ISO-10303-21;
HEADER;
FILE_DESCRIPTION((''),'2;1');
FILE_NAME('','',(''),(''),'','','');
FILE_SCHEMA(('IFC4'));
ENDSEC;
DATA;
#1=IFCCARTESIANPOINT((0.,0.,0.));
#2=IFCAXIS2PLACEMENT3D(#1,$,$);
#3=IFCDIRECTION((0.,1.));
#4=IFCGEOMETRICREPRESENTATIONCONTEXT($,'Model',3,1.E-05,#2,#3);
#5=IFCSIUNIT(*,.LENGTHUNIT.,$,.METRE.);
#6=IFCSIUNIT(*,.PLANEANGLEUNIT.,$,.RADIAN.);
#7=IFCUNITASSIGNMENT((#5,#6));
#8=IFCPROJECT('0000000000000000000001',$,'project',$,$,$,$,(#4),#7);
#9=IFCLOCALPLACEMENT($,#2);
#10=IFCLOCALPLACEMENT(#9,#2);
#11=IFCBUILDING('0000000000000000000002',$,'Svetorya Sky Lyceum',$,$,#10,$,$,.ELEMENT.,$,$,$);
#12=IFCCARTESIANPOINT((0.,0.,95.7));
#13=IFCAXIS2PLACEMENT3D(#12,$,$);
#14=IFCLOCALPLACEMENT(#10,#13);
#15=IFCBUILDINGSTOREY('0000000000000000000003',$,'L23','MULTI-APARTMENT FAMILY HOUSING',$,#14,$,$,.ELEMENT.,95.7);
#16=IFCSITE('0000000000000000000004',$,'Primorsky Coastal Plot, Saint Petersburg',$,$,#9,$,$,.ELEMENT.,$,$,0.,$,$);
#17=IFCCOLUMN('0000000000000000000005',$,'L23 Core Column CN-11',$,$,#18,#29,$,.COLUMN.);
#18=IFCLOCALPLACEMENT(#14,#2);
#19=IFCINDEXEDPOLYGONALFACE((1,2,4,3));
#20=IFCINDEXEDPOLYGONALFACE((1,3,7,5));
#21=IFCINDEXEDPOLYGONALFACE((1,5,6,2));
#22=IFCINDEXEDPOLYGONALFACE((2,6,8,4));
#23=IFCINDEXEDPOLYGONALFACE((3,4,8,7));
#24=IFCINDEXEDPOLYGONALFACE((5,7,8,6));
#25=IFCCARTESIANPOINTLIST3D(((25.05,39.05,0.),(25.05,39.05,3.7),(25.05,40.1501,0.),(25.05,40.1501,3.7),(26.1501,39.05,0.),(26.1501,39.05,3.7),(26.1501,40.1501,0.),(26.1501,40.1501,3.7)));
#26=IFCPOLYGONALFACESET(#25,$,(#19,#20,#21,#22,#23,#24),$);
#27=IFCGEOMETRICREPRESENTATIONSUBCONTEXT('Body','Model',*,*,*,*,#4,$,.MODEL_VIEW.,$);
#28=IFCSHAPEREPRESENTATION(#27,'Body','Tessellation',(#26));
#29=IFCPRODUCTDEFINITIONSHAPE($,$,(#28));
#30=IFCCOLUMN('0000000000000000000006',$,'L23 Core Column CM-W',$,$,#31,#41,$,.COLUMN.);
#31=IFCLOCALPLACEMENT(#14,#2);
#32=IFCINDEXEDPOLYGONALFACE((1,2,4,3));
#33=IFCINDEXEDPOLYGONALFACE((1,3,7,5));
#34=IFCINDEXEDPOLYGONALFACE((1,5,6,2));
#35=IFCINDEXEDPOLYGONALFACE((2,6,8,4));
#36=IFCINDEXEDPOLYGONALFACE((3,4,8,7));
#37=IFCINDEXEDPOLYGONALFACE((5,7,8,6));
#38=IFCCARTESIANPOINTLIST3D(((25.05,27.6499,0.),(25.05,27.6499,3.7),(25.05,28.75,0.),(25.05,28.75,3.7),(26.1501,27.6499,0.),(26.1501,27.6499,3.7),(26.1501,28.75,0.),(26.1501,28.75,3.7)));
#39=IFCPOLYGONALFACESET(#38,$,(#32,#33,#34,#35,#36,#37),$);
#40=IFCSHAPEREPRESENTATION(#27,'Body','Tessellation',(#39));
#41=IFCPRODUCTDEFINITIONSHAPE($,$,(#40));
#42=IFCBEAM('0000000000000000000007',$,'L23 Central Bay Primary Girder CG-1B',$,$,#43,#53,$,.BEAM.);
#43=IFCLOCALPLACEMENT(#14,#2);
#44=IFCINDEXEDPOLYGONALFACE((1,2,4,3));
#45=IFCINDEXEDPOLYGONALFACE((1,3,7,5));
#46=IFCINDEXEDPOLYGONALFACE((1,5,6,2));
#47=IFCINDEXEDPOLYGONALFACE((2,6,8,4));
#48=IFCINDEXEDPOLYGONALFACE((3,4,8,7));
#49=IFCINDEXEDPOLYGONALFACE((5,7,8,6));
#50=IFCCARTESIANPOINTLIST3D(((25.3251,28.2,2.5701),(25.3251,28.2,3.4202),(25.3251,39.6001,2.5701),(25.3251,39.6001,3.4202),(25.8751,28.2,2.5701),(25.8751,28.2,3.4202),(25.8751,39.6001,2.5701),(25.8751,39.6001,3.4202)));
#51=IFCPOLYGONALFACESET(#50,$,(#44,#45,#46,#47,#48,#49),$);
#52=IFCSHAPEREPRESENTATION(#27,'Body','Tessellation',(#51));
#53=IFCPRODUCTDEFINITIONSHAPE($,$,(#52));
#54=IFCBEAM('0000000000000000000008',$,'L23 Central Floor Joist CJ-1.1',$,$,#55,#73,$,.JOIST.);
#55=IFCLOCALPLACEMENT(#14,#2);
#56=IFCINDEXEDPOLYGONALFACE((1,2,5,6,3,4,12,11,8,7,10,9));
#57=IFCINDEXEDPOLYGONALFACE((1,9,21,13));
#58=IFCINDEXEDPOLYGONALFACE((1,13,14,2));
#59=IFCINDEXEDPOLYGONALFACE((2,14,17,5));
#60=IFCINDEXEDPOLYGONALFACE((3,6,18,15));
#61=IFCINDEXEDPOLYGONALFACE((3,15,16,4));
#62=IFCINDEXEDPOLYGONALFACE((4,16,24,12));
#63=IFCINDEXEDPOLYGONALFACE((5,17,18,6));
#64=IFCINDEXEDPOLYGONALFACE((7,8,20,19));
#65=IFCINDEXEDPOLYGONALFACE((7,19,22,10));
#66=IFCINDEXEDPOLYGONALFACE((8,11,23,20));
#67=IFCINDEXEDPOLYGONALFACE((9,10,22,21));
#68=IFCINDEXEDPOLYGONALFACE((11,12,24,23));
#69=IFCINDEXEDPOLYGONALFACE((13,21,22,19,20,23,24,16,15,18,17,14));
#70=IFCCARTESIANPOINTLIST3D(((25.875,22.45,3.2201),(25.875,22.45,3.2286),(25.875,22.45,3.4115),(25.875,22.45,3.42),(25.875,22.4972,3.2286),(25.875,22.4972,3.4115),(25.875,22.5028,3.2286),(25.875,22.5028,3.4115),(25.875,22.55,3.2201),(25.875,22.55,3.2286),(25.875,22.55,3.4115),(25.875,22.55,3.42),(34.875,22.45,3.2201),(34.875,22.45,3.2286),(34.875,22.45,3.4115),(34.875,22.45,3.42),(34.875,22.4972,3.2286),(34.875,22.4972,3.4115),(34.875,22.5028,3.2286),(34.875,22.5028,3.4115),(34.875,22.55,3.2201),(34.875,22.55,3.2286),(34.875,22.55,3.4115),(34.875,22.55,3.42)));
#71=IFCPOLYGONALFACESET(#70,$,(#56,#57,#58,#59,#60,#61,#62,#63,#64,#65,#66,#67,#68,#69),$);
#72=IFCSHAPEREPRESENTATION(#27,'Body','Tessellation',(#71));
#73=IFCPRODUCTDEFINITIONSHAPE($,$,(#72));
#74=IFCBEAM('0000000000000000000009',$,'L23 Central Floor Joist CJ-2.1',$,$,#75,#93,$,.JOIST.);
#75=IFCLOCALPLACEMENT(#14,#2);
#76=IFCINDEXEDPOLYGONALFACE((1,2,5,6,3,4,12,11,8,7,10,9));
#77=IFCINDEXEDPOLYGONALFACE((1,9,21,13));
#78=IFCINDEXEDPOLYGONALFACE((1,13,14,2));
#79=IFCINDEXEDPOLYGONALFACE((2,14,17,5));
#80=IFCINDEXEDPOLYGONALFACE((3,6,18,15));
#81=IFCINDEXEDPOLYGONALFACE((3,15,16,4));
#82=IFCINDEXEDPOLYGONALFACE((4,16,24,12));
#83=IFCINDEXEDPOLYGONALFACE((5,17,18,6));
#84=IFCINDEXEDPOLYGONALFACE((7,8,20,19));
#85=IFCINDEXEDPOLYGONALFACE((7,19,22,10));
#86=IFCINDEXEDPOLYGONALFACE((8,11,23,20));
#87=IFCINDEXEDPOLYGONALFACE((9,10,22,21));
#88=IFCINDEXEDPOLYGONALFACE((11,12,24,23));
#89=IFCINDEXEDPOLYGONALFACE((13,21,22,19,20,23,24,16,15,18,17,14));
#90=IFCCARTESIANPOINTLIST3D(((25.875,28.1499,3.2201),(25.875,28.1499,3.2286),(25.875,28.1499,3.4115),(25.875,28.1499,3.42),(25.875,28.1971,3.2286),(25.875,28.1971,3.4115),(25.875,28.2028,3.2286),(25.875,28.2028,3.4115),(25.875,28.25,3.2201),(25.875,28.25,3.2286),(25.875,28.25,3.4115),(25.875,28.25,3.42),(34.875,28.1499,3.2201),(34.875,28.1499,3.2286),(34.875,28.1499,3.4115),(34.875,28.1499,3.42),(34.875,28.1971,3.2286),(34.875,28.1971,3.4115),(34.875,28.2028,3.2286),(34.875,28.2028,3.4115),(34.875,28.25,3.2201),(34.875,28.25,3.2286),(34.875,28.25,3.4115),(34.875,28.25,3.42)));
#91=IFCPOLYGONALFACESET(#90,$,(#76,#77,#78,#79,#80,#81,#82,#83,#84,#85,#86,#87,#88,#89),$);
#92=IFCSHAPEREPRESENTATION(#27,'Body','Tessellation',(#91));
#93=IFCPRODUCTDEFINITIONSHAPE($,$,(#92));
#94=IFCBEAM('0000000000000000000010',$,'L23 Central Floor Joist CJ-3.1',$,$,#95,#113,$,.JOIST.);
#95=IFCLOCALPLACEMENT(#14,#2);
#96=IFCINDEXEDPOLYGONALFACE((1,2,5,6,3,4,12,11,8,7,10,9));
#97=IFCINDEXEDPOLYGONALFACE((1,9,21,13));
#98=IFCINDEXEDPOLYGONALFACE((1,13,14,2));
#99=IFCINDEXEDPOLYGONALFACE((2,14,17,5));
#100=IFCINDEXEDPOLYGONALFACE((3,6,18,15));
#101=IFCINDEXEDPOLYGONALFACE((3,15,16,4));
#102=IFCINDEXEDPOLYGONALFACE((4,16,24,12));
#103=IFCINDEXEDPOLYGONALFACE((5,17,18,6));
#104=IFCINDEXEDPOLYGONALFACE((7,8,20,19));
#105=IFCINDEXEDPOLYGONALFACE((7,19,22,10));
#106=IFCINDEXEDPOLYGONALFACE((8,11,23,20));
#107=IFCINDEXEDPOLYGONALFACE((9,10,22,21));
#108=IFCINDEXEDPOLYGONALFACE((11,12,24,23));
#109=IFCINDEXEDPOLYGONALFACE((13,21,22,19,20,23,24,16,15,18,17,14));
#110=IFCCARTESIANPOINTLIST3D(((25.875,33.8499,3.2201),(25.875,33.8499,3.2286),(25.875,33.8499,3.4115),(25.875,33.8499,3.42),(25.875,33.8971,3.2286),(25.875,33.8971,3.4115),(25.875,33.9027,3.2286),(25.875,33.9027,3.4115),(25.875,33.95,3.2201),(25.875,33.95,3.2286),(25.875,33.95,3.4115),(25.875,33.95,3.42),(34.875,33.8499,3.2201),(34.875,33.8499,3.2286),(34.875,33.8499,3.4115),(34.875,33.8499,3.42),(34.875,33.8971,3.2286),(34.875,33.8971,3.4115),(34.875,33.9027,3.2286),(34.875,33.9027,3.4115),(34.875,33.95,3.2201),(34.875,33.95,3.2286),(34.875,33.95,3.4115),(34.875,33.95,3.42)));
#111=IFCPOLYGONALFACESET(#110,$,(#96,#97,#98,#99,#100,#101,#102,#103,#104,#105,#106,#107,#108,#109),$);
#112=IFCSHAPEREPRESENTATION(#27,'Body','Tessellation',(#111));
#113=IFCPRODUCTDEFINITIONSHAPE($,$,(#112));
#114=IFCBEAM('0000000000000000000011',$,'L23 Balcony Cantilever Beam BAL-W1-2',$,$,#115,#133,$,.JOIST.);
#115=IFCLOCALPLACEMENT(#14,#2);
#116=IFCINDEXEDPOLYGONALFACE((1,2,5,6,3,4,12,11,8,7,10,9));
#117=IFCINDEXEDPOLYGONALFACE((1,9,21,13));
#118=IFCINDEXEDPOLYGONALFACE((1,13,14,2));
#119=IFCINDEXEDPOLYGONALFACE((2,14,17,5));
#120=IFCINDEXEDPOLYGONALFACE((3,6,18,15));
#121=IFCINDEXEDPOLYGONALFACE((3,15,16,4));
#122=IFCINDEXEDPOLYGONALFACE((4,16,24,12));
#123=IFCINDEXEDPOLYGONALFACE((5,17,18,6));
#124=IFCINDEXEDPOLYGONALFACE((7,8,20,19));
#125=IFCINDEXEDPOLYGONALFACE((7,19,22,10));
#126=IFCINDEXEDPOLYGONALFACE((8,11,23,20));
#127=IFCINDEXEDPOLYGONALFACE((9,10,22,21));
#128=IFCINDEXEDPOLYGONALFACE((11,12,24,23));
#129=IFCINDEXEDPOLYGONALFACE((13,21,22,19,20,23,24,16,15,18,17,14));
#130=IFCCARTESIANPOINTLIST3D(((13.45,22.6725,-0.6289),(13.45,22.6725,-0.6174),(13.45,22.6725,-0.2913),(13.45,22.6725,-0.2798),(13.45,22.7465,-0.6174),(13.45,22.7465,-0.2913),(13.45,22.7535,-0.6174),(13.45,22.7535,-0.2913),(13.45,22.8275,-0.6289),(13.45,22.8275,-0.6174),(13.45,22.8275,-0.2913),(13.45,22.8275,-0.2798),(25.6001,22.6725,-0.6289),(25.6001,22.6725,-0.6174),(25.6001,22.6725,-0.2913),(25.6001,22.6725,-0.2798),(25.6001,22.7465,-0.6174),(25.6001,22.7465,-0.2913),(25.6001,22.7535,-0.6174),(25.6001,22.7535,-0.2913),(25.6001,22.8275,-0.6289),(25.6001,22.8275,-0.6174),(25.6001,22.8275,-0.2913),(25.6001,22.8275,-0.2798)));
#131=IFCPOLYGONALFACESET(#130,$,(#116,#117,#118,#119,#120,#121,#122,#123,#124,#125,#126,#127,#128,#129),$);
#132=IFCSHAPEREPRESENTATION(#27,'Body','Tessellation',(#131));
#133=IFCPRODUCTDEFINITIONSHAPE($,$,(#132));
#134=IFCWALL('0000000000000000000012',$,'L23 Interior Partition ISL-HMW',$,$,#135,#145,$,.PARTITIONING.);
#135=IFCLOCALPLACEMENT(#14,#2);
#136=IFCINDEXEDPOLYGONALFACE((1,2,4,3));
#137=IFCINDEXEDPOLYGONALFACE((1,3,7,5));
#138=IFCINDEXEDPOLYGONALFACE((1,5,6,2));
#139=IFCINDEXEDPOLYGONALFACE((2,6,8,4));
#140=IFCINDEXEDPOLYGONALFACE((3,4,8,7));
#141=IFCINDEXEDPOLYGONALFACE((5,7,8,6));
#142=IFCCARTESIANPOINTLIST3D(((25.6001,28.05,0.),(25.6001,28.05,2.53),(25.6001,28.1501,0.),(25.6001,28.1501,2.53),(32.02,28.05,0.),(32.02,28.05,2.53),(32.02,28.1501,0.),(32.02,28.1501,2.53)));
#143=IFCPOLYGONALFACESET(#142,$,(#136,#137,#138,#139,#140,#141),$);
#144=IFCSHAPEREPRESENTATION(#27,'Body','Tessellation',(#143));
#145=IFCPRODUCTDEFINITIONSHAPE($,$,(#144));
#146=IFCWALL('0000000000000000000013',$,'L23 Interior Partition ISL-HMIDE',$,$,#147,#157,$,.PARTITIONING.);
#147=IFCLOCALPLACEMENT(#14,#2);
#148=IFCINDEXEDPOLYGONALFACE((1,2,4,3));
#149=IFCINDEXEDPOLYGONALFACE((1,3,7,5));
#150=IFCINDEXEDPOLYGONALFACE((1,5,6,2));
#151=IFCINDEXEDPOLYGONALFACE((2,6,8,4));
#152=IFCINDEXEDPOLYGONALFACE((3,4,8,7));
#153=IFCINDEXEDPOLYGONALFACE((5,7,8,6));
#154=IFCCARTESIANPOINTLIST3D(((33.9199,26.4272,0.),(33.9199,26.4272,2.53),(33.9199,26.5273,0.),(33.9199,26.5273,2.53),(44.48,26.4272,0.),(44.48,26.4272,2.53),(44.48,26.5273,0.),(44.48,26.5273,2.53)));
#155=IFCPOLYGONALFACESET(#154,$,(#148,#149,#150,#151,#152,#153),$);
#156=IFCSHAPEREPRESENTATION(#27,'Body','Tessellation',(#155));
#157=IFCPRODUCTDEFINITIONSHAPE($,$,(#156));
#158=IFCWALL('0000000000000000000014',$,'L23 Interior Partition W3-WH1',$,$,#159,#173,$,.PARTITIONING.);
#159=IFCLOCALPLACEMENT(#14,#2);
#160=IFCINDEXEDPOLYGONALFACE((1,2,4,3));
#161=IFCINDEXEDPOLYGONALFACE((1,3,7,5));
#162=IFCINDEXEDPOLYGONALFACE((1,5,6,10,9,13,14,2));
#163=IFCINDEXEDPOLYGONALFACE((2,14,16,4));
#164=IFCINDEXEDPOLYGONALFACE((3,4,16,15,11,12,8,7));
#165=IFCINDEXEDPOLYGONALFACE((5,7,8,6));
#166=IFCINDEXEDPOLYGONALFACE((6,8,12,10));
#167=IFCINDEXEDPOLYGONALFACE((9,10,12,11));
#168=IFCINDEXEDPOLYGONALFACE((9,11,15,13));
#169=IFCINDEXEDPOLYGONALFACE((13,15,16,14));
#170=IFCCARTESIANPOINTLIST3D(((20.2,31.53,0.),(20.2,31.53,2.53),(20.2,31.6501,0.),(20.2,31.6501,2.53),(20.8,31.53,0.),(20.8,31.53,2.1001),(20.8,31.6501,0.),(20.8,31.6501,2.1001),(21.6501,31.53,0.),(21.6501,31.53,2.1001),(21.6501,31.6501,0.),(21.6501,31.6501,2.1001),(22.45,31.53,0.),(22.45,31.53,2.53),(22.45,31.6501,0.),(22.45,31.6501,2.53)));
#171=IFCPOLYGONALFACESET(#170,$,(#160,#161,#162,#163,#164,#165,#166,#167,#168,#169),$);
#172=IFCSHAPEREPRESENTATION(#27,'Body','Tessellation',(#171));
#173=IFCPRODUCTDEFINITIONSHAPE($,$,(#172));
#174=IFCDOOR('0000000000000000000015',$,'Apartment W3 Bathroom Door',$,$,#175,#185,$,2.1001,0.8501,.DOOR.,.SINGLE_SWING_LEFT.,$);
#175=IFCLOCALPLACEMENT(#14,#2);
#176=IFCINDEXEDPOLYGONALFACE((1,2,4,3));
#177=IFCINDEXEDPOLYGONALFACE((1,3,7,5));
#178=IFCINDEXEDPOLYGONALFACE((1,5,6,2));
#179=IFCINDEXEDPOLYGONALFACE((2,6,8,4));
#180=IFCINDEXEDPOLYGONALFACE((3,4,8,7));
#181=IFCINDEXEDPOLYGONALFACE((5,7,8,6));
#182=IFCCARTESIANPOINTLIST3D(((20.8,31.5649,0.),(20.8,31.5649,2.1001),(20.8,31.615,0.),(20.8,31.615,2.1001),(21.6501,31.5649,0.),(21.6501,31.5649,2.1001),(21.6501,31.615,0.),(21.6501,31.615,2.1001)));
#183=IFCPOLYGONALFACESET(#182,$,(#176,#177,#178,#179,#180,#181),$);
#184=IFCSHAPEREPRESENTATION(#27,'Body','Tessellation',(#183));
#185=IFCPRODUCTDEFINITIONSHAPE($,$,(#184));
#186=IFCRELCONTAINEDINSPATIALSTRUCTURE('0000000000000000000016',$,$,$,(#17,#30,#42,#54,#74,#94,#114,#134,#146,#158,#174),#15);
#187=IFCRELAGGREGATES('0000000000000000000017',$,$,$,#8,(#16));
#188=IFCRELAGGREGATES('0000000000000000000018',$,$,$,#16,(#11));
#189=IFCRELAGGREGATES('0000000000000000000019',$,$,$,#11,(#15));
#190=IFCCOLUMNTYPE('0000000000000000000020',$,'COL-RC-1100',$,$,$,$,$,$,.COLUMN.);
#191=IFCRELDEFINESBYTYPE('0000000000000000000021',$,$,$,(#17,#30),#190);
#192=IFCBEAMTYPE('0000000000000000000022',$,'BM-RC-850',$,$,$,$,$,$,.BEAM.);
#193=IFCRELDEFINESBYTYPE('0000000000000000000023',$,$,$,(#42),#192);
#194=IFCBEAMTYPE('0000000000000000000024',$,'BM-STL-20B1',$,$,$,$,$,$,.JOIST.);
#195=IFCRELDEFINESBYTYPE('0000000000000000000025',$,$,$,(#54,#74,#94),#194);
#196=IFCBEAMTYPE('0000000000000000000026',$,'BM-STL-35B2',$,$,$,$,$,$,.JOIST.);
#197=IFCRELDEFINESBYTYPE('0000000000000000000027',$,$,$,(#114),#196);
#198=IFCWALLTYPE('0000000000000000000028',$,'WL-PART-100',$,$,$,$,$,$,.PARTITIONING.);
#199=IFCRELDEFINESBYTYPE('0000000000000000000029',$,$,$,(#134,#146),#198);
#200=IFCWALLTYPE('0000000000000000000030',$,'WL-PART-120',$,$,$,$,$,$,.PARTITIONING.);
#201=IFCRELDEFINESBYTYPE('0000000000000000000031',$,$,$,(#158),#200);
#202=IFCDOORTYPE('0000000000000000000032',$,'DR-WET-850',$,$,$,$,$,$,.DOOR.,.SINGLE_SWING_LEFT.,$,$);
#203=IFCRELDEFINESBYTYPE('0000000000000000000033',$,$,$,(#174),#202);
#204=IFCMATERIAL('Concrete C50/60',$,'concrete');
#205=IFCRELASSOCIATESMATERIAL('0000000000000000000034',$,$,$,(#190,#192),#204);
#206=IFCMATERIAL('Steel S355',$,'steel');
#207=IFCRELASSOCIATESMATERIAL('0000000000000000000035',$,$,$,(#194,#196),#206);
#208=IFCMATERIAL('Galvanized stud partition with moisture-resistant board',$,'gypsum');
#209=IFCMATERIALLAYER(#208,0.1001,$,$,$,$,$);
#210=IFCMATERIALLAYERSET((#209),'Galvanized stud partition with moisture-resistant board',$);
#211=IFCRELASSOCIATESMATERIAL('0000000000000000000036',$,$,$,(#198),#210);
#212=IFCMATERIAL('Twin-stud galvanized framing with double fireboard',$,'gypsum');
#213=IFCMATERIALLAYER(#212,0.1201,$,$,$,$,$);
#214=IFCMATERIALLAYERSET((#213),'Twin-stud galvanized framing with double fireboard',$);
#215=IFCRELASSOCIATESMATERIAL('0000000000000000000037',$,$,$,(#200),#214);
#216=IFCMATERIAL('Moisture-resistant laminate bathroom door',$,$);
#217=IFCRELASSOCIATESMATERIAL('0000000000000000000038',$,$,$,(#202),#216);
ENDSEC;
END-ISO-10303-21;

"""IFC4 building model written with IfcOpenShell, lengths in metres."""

from ifc_helpers import new_model, si_unit, direction, frame, frame_2d, origin, origin_2d, place, context, subcontext, project, spatial, rectangle, i_section, extrude, material, layer, layer_set, material_profile, profile_set, type_object, element, fill, save


model = new_model("IFC4")

# Units and contexts
model_context = context("Model", 3, precision=1e-05, world=origin(), true_north=direction((0.0, 1.0)))
body_context = subcontext(model_context, "Body", "Model", "MODEL_VIEW")
ifc_project = project(units=[si_unit("LENGTHUNIT", "METRE"), si_unit("PLANEANGLEUNIT", "RADIAN")], contexts=[model_context])

# Site, building, storey
site_placement = place(None, origin())
site = spatial("IfcSite", under=ifc_project, at=site_placement, Name="Primorsky Coastal Plot, Saint Petersburg", CompositionType="ELEMENT", RefElevation=0.0)
building_placement = place(site_placement, origin())
building = spatial("IfcBuilding", under=site, at=building_placement, Name="Svetorya Sky Lyceum", CompositionType="ELEMENT")
storey_placement = place(building_placement, frame((0.0, 0.0, 95.7)))
storey = spatial("IfcBuildingStorey", under=building, at=storey_placement, Name="L23", Description="MULTI-APARTMENT FAMILY HOUSING", CompositionType="ELEMENT", Elevation=95.7)

# Columns
ifc_material_1 = material(Name="Concrete C50/60", Category="concrete")
ifc_material_profile_1 = material_profile(ifc_material_1, rectangle(XDim=1.1001, YDim=1.1001, at=origin_2d()), Name="RC COL 1100x1100")
ifc_profile_set_1 = profile_set([ifc_material_profile_1], Name="Concrete C50/60")
column_type = type_object("IfcColumnType", Name="COL-RC-1100", PredefinedType="COLUMN", material=ifc_profile_set_1)
for number, where, z_axis, x_axis, name in (
    (1, (25.6001, 39.6001, 0.0), (0.0, 0.0, 1.0), (1.0, 0.0, 0.0), "L23 Core Column CN-11"),
    (2, (25.6001, 28.2, 0.0), (0.0, 0.0, 1.0), (1.0, 0.0, 0.0), "L23 Core Column CM-W"),
):
    element("IfcColumn", number, at=place(storey_placement, frame(where, z_axis=z_axis, x_axis=x_axis)), inside=storey, type_object=column_type, Name=name, PredefinedType="COLUMN", context=body_context, shape_type="SweptSolid", body=[
        extrude(rectangle(XDim=1.1001, YDim=1.1001, at=origin_2d()), origin(), (0.0, 0.0, 1.0), 3.7),
    ])

# Beams
ifc_material_profile_2 = material_profile(ifc_material_1, rectangle(XDim=0.55, YDim=0.8501, at=origin_2d()), Name="RC BEAM 550x850")
ifc_profile_set_2 = profile_set([ifc_material_profile_2], Name="Concrete C50/60")
beam_type_1 = type_object("IfcBeamType", Name="BM-RC-850", PredefinedType="BEAM", material=ifc_profile_set_2)
beam_1_placement = place(storey_placement, frame((25.6001, 28.2, 2.9951), z_axis=(0.0, 1.0, 0.0), x_axis=(-1.0, 0.0, 0.0)))
element("IfcBeam", 3, at=beam_1_placement, inside=storey, type_object=beam_type_1, Name="L23 Central Bay Primary Girder CG-1B", PredefinedType="BEAM", context=body_context, shape_type="SweptSolid", body=[
    extrude(rectangle(XDim=0.55, YDim=0.8501, at=origin_2d()), origin(), (0.0, 0.0, 1.0), 11.4001),
])
ifc_material_2 = material(Name="Steel S355", Category="steel")
ifc_material_profile_3 = material_profile(ifc_material_2, i_section(OverallWidth=0.1001, OverallDepth=0.2, WebThickness=0.0056, FlangeThickness=0.0085, at=origin_2d()), Name="GOST 20B1")
ifc_profile_set_3 = profile_set([ifc_material_profile_3], Name="Steel S355")
beam_type_2 = type_object("IfcBeamType", Name="BM-STL-20B1", PredefinedType="JOIST", material=ifc_profile_set_3)
for number, where, z_axis, x_axis, name in (
    (4, (25.875, 22.5, 3.3201), (1.0, 0.0, 0.0), (0.0, 1.0, 0.0), "L23 Central Floor Joist CJ-1.1"),
    (5, (25.875, 28.2, 3.3201), (1.0, 0.0, 0.0), (0.0, 1.0, 0.0), "L23 Central Floor Joist CJ-2.1"),
    (6, (25.875, 33.8999, 3.3201), (1.0, 0.0, 0.0), (0.0, 1.0, 0.0), "L23 Central Floor Joist CJ-3.1"),
):
    element("IfcBeam", number, at=place(storey_placement, frame(where, z_axis=z_axis, x_axis=x_axis)), inside=storey, type_object=beam_type_2, Name=name, PredefinedType="JOIST", context=body_context, shape_type="SweptSolid", body=[
        extrude(i_section(OverallWidth=0.1001, OverallDepth=0.2, WebThickness=0.0056, FlangeThickness=0.0085, at=origin_2d()), origin(), (0.0, 0.0, 1.0), 9.0),
    ])
ifc_material_profile_4 = material_profile(ifc_material_2, i_section(OverallWidth=0.155, OverallDepth=0.3491, WebThickness=0.0071, FlangeThickness=0.0115, at=origin_2d()), Name="GOST 35B2")
ifc_profile_set_4 = profile_set([ifc_material_profile_4], Name="Steel S355")
beam_type_3 = type_object("IfcBeamType", Name="BM-STL-35B2", PredefinedType="JOIST", material=ifc_profile_set_4)
beam_2_placement = place(storey_placement, frame((25.6001, 22.75, -0.4543), z_axis=(-1.0, 0.0, 0.0), x_axis=(0.0, -1.0, 0.0)))
element("IfcBeam", 7, at=beam_2_placement, inside=storey, type_object=beam_type_3, Name="L23 Balcony Cantilever Beam BAL-W1-2", PredefinedType="JOIST", context=body_context, shape_type="SweptSolid", body=[
    extrude(i_section(OverallWidth=0.155, OverallDepth=0.3491, WebThickness=0.0071, FlangeThickness=0.0115, at=origin_2d()), origin(), (0.0, 0.0, 1.0), 12.1501),
])

# Walls
ifc_material_3 = material(Name="Galvanized stud partition with moisture-resistant board", Category="gypsum")
ifc_layer_1 = layer(ifc_material_3, 0.1001)
ifc_layer_set_1 = layer_set([ifc_layer_1], Name="Galvanized stud partition with moisture-resistant board")
wall_type_1 = type_object("IfcWallType", Name="WL-PART-100", PredefinedType="PARTITIONING", material=ifc_layer_set_1)
wall_1_placement = place(storey_placement, frame((25.6001, 28.1001, 0.0), z_axis=(0.0, 0.0, 1.0), x_axis=(1.0, 0.0, 0.0)))
element("IfcWall", 8, at=wall_1_placement, inside=storey, type_object=wall_type_1, Name="L23 Interior Partition ISL-HMW", PredefinedType="PARTITIONING", context=body_context, shape_type="SweptSolid", body=[
    extrude(rectangle(XDim=6.4199, YDim=0.1001, at=frame_2d((3.21, 0.0))), origin(), (0.0, 0.0, 1.0), 2.53),
])
wall_2_placement = place(storey_placement, frame((33.9199, 26.4773, 0.0), z_axis=(0.0, 0.0, 1.0), x_axis=(1.0, 0.0, 0.0)))
element("IfcWall", 9, at=wall_2_placement, inside=storey, type_object=wall_type_1, Name="L23 Interior Partition ISL-HMIDE", PredefinedType="PARTITIONING", context=body_context, shape_type="SweptSolid", body=[
    extrude(rectangle(XDim=10.5601, YDim=0.1001, at=frame_2d((5.28, 0.0))), origin(), (0.0, 0.0, 1.0), 2.53),
])

# Wall, opening, door
ifc_material_4 = material(Name="Twin-stud galvanized framing with double fireboard", Category="gypsum")
ifc_layer_2 = layer(ifc_material_4, 0.1201)
ifc_layer_set_2 = layer_set([ifc_layer_2], Name="Twin-stud galvanized framing with double fireboard")
wall_type_2 = type_object("IfcWallType", Name="WL-PART-120", PredefinedType="PARTITIONING", material=ifc_layer_set_2)
wall_3_placement = place(storey_placement, frame((20.2, 31.5901, 0.0), z_axis=(0.0, 0.0, 1.0), x_axis=(1.0, 0.0, 0.0)))
wall_3 = element("IfcWall", 10, at=wall_3_placement, inside=storey, type_object=wall_type_2, Name="L23 Interior Partition W3-WH1", PredefinedType="PARTITIONING", context=body_context, shape_type="SweptSolid", body=[
    extrude(rectangle(XDim=2.25, YDim=0.1201, at=frame_2d((1.125, 0.0))), origin(), (0.0, 0.0, 1.0), 2.53),
])
opening_1_placement = place(wall_3_placement, frame((0.6001, 0.0, 0.0)))
opening_1 = element("IfcOpeningElement", 11, at=opening_1_placement, cuts=wall_3, PredefinedType="OPENING", context=body_context, shape_type="SweptSolid", body=[
    extrude(rectangle(XDim=0.8501, YDim=2.1001, at=frame_2d((0.425, 1.05))), frame((0.0, 0.0701, 0.0), z_axis=(0.0, -1.0, 0.0), x_axis=(1.0, 0.0, 0.0)), (0.0, 0.0, 1.0), 0.1401),
])
ifc_material_5 = material(Name="Moisture-resistant laminate bathroom door")
door_type_1 = type_object("IfcDoorType", Name="DR-WET-850", OperationType="SINGLE_SWING_LEFT", PredefinedType="DOOR", material=ifc_material_5)
door_1_placement = place(opening_1_placement, origin())
door_1 = element("IfcDoor", 12, at=door_1_placement, inside=storey, type_object=door_type_1, Name="Apartment W3 Bathroom Door", OperationType="SINGLE_SWING_LEFT", OverallHeight=2.1001, OverallWidth=0.8501, PredefinedType="DOOR", context=body_context, shape_type="SweptSolid", body=[
    extrude(rectangle(XDim=0.8501, YDim=2.1001, at=frame_2d((0.425, 1.05))), frame((0.0, 0.0249, 0.0), z_axis=(0.0, -1.0, 0.0), x_axis=(1.0, 0.0, 0.0)), (0.0, 0.0, 1.0), 0.05),
])
fill(opening_1, door_1)

save(model, "model.ifc")
